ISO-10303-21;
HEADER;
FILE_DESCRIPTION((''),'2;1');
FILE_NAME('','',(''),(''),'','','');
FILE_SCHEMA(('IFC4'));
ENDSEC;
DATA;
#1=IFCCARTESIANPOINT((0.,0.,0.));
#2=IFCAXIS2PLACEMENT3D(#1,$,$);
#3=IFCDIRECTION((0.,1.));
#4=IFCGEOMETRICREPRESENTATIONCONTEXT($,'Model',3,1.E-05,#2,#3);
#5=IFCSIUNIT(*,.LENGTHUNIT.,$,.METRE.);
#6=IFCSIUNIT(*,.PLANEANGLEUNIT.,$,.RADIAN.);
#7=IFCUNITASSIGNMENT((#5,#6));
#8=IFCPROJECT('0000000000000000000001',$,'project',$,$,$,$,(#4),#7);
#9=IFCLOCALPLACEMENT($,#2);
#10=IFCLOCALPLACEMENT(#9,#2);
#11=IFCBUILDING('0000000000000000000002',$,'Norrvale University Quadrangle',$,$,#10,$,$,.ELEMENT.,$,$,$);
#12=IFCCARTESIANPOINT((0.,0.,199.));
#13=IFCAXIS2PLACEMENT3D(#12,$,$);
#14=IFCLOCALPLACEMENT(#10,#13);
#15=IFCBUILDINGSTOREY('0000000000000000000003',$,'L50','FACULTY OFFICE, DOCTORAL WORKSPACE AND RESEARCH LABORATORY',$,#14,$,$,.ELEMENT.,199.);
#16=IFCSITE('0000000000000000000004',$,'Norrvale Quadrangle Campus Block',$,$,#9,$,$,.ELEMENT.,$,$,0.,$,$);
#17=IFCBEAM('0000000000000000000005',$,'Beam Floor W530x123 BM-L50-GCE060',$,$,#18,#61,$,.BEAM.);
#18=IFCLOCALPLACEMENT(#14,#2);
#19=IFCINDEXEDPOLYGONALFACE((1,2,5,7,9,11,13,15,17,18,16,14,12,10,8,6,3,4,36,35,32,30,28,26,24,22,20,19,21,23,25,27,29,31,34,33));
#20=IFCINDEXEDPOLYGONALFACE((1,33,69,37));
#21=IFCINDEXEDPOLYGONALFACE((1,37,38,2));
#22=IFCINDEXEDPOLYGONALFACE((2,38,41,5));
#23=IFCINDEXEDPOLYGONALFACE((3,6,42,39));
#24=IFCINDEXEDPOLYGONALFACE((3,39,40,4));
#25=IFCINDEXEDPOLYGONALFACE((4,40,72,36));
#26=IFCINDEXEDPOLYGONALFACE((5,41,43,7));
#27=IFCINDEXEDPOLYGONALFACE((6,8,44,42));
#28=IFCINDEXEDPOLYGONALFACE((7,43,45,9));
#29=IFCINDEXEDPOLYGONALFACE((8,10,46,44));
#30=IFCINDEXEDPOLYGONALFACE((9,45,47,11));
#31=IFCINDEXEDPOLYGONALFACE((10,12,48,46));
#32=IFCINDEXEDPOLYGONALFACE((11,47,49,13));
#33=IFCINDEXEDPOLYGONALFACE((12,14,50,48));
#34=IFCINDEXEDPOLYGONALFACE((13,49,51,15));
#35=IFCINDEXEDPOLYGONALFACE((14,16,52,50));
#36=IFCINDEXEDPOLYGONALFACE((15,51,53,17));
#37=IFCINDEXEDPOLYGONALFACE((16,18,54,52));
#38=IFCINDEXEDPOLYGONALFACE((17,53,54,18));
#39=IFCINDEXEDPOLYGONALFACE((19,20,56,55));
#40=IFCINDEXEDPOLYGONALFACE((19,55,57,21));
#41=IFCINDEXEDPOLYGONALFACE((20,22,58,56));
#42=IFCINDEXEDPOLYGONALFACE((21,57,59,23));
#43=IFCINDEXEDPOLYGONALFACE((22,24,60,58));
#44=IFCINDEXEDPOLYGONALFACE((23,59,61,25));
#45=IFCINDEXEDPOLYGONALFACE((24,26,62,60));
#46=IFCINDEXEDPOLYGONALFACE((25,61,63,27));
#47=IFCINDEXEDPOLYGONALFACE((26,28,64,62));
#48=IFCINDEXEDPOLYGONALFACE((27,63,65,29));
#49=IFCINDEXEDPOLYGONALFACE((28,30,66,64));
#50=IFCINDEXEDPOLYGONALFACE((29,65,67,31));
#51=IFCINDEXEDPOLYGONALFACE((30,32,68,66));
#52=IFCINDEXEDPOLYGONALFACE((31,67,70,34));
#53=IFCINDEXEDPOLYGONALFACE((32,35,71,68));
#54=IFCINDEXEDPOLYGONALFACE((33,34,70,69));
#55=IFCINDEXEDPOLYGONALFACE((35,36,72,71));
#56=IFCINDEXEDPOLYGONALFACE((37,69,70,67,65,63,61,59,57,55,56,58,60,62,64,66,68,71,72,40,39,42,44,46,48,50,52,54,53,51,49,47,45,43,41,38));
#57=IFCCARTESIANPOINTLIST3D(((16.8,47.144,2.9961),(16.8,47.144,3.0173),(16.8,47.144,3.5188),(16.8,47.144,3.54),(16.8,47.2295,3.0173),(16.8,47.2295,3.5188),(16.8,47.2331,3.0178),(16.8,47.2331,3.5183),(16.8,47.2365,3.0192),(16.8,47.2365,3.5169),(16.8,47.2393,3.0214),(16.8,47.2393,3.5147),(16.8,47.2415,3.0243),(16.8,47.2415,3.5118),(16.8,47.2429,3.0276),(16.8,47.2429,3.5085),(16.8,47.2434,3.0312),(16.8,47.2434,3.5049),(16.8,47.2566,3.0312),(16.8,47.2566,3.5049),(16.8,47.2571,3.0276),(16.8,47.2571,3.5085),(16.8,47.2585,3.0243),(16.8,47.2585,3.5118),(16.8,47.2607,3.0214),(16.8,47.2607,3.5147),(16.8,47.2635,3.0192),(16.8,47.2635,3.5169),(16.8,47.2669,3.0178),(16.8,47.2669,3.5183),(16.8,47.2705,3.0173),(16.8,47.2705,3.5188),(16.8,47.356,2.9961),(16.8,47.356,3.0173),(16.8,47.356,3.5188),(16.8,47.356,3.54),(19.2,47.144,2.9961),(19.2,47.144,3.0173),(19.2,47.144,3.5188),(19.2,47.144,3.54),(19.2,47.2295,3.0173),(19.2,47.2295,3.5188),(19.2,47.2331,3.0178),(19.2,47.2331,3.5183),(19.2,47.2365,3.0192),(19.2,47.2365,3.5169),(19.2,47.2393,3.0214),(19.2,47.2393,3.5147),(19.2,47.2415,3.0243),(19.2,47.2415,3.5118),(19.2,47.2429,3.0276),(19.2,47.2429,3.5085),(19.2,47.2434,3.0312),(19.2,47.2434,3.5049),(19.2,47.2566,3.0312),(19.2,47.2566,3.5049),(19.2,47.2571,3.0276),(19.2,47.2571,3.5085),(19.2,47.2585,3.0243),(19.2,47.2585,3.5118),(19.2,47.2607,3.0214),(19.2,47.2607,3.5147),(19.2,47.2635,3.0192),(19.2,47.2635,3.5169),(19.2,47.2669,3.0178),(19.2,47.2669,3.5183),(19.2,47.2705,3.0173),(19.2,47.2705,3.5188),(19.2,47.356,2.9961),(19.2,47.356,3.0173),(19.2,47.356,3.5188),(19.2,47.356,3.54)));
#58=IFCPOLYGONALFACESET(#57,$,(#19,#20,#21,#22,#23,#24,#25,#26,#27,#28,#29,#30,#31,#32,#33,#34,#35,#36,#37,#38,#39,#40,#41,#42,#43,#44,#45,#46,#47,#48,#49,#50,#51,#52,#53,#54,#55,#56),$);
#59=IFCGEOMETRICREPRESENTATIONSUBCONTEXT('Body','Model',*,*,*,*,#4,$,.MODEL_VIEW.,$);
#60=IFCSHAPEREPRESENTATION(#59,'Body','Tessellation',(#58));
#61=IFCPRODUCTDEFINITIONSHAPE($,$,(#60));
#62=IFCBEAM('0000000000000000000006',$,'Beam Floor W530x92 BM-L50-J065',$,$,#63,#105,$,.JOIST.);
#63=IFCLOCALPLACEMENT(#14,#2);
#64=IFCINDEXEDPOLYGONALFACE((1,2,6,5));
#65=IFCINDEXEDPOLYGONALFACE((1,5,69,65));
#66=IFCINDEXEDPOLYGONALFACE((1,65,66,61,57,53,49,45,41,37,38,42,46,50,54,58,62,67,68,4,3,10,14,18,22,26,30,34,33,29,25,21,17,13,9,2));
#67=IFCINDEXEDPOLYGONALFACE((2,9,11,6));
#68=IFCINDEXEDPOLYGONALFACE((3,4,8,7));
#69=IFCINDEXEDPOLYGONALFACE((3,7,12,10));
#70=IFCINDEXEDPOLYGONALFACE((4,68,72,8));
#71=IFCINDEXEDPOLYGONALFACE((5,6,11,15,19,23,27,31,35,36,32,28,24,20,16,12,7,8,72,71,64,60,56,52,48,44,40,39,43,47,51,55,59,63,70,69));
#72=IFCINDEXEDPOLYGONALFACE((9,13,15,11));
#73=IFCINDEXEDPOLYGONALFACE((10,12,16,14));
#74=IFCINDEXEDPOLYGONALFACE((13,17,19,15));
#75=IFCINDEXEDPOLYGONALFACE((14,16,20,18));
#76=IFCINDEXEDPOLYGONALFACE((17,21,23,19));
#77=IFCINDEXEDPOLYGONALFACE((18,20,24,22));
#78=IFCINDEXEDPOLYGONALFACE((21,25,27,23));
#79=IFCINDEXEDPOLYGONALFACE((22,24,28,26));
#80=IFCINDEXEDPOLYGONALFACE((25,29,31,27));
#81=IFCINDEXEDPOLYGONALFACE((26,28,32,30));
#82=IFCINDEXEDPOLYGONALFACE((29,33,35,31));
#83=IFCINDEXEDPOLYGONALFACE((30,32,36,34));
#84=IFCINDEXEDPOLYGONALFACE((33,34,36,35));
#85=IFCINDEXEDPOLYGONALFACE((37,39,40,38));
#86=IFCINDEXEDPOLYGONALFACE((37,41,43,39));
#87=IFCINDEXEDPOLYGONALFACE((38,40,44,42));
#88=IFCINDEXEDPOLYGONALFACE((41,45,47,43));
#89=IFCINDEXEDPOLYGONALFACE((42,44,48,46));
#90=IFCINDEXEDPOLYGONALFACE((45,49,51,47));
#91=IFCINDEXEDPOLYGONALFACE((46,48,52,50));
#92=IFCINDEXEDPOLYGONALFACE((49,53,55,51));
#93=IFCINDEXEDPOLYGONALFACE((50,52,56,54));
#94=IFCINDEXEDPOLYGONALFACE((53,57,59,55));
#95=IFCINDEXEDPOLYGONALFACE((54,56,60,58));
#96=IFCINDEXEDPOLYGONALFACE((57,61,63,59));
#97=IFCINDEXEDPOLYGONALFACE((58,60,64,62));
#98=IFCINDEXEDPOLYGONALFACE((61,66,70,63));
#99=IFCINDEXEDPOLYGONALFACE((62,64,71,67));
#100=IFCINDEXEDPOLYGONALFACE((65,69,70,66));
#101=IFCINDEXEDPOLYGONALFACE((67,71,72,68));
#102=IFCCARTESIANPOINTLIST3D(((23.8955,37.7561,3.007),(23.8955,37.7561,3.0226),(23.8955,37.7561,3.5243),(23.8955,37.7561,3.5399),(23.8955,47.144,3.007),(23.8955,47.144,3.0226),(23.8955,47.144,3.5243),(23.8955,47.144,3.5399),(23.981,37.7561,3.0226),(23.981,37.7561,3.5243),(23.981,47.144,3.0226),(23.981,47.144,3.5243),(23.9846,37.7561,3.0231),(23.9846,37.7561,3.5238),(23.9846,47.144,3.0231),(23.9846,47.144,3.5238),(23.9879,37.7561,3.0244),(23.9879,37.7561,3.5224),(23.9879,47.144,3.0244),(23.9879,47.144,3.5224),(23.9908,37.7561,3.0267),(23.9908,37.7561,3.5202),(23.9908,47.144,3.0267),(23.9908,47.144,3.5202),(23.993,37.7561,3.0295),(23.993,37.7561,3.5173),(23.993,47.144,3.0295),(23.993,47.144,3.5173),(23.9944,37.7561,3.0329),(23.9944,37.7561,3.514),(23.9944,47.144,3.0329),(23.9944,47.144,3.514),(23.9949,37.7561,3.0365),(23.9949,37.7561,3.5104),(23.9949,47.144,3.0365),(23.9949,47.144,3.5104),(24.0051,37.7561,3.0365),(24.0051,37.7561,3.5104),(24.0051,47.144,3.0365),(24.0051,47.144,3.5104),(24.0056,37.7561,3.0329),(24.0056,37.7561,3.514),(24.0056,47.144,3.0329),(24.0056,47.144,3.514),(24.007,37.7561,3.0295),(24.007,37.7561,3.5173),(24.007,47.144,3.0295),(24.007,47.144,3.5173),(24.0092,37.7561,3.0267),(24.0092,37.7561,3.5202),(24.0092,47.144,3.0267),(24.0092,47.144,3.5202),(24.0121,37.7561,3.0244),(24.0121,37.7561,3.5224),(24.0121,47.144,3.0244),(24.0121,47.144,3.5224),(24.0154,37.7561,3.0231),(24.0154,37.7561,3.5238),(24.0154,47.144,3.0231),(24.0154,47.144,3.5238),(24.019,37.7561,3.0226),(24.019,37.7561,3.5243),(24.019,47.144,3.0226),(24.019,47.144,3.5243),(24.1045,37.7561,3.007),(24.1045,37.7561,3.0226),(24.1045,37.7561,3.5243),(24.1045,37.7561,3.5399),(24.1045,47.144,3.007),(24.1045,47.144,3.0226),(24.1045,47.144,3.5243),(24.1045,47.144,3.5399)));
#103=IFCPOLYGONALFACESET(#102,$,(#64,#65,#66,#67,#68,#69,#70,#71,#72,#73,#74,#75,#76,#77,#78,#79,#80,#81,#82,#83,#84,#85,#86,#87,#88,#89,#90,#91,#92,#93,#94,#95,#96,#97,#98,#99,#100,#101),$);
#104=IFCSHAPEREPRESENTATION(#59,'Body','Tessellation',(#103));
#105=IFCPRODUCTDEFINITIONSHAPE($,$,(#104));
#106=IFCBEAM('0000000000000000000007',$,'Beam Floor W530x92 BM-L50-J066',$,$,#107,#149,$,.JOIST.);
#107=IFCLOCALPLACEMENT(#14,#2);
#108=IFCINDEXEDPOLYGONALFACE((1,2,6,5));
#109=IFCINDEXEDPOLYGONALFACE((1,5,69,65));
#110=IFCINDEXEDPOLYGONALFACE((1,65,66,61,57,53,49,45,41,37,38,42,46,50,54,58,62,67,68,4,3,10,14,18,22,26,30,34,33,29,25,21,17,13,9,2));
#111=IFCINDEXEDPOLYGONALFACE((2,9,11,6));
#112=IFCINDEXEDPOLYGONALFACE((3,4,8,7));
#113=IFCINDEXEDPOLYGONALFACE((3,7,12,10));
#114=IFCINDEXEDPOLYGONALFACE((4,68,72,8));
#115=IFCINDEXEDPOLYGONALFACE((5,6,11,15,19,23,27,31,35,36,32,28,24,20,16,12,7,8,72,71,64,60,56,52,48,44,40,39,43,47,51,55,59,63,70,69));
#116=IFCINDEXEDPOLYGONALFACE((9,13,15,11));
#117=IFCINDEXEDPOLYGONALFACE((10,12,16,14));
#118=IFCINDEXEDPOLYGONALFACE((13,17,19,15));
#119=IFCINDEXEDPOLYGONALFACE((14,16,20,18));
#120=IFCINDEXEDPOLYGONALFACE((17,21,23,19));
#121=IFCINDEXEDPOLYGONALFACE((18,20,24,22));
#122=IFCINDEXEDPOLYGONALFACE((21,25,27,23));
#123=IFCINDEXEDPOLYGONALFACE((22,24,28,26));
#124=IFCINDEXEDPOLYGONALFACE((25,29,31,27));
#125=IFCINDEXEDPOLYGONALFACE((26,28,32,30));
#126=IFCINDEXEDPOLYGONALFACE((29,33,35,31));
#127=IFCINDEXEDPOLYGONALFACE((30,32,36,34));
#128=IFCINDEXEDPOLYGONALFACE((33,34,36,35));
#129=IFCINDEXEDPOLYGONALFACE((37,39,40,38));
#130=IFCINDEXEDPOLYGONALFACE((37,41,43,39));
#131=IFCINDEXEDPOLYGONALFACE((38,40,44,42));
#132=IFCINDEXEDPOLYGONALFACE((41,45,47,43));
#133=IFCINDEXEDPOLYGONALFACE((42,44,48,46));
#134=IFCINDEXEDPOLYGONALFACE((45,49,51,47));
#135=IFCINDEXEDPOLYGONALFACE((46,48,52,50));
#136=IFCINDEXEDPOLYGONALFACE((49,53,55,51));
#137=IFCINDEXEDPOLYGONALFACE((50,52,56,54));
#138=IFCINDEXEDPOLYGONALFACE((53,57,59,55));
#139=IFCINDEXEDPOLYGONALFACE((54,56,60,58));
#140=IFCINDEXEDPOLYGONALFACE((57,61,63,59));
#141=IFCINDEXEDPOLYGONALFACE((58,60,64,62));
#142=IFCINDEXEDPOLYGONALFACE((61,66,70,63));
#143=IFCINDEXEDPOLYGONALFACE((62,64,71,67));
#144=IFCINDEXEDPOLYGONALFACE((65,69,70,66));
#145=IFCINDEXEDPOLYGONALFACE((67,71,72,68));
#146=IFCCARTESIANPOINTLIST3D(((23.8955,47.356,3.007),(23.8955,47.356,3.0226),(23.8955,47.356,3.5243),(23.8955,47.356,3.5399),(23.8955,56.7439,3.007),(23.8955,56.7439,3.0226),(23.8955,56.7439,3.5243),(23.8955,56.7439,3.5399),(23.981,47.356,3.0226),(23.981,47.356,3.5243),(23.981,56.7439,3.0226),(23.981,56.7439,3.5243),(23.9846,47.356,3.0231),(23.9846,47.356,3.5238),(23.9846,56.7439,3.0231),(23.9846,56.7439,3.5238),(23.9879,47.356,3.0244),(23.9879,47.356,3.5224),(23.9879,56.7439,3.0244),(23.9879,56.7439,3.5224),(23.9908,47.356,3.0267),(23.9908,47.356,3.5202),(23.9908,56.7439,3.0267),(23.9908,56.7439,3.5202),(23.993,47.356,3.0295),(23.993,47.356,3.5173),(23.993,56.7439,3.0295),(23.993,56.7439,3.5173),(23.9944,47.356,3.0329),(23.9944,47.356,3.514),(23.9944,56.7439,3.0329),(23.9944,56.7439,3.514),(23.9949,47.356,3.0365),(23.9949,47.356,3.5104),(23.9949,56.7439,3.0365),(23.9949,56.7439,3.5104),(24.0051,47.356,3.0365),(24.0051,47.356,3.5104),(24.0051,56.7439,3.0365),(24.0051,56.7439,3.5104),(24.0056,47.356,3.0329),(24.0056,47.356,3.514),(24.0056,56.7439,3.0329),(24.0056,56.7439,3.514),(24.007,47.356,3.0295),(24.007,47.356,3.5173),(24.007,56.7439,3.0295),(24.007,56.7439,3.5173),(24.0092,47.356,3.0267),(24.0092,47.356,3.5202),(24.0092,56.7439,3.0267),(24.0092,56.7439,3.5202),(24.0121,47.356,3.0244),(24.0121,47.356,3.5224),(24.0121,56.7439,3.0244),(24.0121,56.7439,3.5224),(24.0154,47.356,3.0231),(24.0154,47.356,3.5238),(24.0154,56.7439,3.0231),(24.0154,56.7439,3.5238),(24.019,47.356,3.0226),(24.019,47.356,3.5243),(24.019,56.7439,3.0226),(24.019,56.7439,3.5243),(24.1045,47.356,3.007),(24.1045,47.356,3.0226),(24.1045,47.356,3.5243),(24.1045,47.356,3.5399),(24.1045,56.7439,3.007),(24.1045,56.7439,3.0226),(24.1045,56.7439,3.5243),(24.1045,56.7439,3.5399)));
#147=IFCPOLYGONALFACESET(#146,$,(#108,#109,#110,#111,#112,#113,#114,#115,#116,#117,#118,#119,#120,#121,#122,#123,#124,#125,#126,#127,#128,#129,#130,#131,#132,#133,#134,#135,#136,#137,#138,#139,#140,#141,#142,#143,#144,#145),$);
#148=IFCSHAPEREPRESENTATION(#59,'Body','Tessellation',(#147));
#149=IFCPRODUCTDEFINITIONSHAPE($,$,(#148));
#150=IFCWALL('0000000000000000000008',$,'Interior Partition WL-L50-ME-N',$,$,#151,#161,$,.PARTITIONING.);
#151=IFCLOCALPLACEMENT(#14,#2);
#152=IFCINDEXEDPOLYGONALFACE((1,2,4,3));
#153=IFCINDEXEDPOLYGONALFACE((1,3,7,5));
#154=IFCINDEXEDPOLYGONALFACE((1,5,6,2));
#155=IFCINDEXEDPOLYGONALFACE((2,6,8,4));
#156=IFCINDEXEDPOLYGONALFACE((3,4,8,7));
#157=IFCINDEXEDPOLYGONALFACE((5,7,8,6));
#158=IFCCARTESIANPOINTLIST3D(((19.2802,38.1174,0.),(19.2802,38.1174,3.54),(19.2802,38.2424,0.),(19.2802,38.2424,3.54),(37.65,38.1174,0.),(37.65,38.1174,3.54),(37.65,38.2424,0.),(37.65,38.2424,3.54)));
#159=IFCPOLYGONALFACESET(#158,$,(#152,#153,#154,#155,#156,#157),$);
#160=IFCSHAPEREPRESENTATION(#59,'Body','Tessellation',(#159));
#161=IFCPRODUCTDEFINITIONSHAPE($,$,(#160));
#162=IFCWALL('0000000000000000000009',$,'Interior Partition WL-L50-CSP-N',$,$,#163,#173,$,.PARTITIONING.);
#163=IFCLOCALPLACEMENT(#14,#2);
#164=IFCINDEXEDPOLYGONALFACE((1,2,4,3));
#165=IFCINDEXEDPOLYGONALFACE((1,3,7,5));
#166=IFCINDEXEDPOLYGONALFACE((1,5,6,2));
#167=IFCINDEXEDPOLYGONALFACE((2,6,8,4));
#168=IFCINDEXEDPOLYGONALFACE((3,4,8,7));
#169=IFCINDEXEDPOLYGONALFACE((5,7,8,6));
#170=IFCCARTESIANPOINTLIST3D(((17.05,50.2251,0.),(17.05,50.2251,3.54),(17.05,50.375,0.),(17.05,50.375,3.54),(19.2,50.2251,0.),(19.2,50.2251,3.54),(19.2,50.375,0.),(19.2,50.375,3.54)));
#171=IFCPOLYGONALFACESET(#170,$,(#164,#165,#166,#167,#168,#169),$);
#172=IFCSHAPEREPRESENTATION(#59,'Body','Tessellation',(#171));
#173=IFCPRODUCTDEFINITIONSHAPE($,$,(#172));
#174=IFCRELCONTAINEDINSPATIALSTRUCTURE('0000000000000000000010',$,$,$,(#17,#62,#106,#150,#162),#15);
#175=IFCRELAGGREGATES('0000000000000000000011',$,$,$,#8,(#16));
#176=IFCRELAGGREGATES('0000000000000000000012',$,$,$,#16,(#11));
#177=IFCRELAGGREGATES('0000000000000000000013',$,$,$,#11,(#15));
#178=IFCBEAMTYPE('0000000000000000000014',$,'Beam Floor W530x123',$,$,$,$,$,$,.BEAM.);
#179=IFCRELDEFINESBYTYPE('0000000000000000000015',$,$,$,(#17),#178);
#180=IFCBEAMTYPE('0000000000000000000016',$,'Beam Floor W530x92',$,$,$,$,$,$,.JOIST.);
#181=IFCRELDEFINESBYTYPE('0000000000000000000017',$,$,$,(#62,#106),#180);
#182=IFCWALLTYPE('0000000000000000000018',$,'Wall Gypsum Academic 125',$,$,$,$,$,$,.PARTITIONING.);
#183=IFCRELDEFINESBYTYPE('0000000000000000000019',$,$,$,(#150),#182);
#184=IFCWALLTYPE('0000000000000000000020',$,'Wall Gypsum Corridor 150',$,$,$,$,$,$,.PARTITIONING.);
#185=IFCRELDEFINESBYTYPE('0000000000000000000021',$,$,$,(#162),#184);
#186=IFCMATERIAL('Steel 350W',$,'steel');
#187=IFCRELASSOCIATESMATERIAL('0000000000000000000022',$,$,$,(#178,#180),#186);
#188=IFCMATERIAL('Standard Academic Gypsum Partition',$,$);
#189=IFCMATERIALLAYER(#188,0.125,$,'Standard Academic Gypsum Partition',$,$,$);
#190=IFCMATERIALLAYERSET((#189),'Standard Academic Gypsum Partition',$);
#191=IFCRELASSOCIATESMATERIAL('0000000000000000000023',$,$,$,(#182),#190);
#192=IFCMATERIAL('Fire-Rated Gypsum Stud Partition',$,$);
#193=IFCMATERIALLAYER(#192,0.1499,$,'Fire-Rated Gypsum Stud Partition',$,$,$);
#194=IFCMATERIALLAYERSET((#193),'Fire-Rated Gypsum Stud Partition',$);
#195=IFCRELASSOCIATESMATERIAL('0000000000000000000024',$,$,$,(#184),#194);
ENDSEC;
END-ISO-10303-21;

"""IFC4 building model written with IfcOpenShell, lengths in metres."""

from ifc_helpers import new_model, si_unit, direction, frame, frame_2d, origin, origin_2d, place, context, subcontext, project, spatial, rectangle, i_section, extrude, material, layer, layer_set, material_profile, profile_set, type_object, element, save


model = new_model("IFC4")

# Units and contexts
model_context = context("Model", 3, precision=1e-05, world=origin(), true_north=direction((0.0, 1.0)))
body_context = subcontext(model_context, "Body", "Model", "MODEL_VIEW")
ifc_project = project(units=[si_unit("LENGTHUNIT", "METRE"), si_unit("PLANEANGLEUNIT", "RADIAN")], contexts=[model_context])

# Site, building, storey
site_placement = place(None, origin())
site = spatial("IfcSite", under=ifc_project, at=site_placement, Name="Norrvale Quadrangle Campus Block", CompositionType="ELEMENT", RefElevation=0.0)
building_placement = place(site_placement, origin())
building = spatial("IfcBuilding", under=site, at=building_placement, Name="Norrvale University Quadrangle", CompositionType="ELEMENT")
storey_placement = place(building_placement, frame((0.0, 0.0, 199.0)))
storey = spatial("IfcBuildingStorey", under=building, at=storey_placement, Name="L50", Description="FACULTY OFFICE, DOCTORAL WORKSPACE AND RESEARCH LABORATORY", CompositionType="ELEMENT", Elevation=199.0)

# Beams
ifc_material_1 = material(Name="Steel 350W", Category="steel")
ifc_material_profile_1 = material_profile(ifc_material_1, i_section(OverallWidth=0.2119, OverallDepth=0.5439, WebThickness=0.0132, FlangeThickness=0.0212, FilletRadius=0.0139, at=origin_2d()), Name="Steel 350W")
ifc_profile_set_1 = profile_set([ifc_material_profile_1], Name="Steel 350W")
beam_type_1 = type_object("IfcBeamType", Name="Beam Floor W530x123", PredefinedType="BEAM", material=ifc_profile_set_1)
beam_placement = place(storey_placement, frame((16.8, 47.25, 3.2681), z_axis=(1.0, 0.0, 0.0), x_axis=(0.0, 1.0, 0.0)))
element("IfcBeam", 1, at=beam_placement, inside=storey, type_object=beam_type_1, Name="Beam Floor W530x123 BM-L50-GCE060", PredefinedType="BEAM", context=body_context, shape_type="SweptSolid", body=[
    extrude(i_section(OverallWidth=0.2119, OverallDepth=0.5439, WebThickness=0.0132, FlangeThickness=0.0212, FilletRadius=0.0139, at=origin_2d()), origin(), (0.0, 0.0, 1.0), 2.3999),
])
ifc_material_profile_2 = material_profile(ifc_material_1, i_section(OverallWidth=0.209, OverallDepth=0.533, WebThickness=0.0103, FlangeThickness=0.0156, FilletRadius=0.0139, at=origin_2d()), Name="Steel 350W")
ifc_profile_set_2 = profile_set([ifc_material_profile_2], Name="Steel 350W")
beam_type_2 = type_object("IfcBeamType", Name="Beam Floor W530x92", PredefinedType="JOIST", material=ifc_profile_set_2)
for number, where, z_axis, x_axis, name in (
    (2, (24.0, 37.7561, 3.2734), (0.0, 1.0, 0.0), (-1.0, 0.0, 0.0), "Beam Floor W530x92 BM-L50-J065"),
    (3, (24.0, 47.356, 3.2734), (0.0, 1.0, 0.0), (-1.0, 0.0, 0.0), "Beam Floor W530x92 BM-L50-J066"),
):
    element("IfcBeam", number, at=place(storey_placement, frame(where, z_axis=z_axis, x_axis=x_axis)), inside=storey, type_object=beam_type_2, Name=name, PredefinedType="JOIST", context=body_context, shape_type="SweptSolid", body=[
        extrude(i_section(OverallWidth=0.209, OverallDepth=0.533, WebThickness=0.0103, FlangeThickness=0.0156, FilletRadius=0.0139, at=origin_2d()), origin(), (0.0, 0.0, 1.0), 9.3879),
    ])

# Walls
ifc_material_2 = material(Name="Standard Academic Gypsum Partition")
ifc_layer_1 = layer(ifc_material_2, 0.125, Name="Standard Academic Gypsum Partition")
ifc_layer_set_1 = layer_set([ifc_layer_1], Name="Standard Academic Gypsum Partition")
wall_type_1 = type_object("IfcWallType", Name="Wall Gypsum Academic 125", PredefinedType="PARTITIONING", material=ifc_layer_set_1)
wall_1_placement = place(storey_placement, frame((19.28, 38.1799, 0.0), z_axis=(0.0, 0.0, 1.0), x_axis=(1.0, 0.0, 0.0)))
element("IfcWall", 4, at=wall_1_placement, inside=storey, type_object=wall_type_1, Name="Interior Partition WL-L50-ME-N", PredefinedType="PARTITIONING", context=body_context, shape_type="SweptSolid", body=[
    extrude(rectangle(XDim=18.3699, YDim=0.125, at=frame_2d((9.1851, 0.0))), origin(), (0.0, 0.0, 1.0), 3.54),
])
ifc_material_3 = material(Name="Fire-Rated Gypsum Stud Partition")
ifc_layer_2 = layer(ifc_material_3, 0.1499, Name="Fire-Rated Gypsum Stud Partition")
ifc_layer_set_2 = layer_set([ifc_layer_2], Name="Fire-Rated Gypsum Stud Partition")
wall_type_2 = type_object("IfcWallType", Name="Wall Gypsum Corridor 150", PredefinedType="PARTITIONING", material=ifc_layer_set_2)
wall_2_placement = place(storey_placement, frame((17.05, 50.3, 0.0), z_axis=(0.0, 0.0, 1.0), x_axis=(1.0, 0.0, 0.0)))
element("IfcWall", 5, at=wall_2_placement, inside=storey, type_object=wall_type_2, Name="Interior Partition WL-L50-CSP-N", PredefinedType="PARTITIONING", context=body_context, shape_type="SweptSolid", body=[
    extrude(rectangle(XDim=2.1499, YDim=0.1499, at=frame_2d((1.075, 0.0))), origin(), (0.0, 0.0, 1.0), 3.54),
])

save(model, "model.ifc")
